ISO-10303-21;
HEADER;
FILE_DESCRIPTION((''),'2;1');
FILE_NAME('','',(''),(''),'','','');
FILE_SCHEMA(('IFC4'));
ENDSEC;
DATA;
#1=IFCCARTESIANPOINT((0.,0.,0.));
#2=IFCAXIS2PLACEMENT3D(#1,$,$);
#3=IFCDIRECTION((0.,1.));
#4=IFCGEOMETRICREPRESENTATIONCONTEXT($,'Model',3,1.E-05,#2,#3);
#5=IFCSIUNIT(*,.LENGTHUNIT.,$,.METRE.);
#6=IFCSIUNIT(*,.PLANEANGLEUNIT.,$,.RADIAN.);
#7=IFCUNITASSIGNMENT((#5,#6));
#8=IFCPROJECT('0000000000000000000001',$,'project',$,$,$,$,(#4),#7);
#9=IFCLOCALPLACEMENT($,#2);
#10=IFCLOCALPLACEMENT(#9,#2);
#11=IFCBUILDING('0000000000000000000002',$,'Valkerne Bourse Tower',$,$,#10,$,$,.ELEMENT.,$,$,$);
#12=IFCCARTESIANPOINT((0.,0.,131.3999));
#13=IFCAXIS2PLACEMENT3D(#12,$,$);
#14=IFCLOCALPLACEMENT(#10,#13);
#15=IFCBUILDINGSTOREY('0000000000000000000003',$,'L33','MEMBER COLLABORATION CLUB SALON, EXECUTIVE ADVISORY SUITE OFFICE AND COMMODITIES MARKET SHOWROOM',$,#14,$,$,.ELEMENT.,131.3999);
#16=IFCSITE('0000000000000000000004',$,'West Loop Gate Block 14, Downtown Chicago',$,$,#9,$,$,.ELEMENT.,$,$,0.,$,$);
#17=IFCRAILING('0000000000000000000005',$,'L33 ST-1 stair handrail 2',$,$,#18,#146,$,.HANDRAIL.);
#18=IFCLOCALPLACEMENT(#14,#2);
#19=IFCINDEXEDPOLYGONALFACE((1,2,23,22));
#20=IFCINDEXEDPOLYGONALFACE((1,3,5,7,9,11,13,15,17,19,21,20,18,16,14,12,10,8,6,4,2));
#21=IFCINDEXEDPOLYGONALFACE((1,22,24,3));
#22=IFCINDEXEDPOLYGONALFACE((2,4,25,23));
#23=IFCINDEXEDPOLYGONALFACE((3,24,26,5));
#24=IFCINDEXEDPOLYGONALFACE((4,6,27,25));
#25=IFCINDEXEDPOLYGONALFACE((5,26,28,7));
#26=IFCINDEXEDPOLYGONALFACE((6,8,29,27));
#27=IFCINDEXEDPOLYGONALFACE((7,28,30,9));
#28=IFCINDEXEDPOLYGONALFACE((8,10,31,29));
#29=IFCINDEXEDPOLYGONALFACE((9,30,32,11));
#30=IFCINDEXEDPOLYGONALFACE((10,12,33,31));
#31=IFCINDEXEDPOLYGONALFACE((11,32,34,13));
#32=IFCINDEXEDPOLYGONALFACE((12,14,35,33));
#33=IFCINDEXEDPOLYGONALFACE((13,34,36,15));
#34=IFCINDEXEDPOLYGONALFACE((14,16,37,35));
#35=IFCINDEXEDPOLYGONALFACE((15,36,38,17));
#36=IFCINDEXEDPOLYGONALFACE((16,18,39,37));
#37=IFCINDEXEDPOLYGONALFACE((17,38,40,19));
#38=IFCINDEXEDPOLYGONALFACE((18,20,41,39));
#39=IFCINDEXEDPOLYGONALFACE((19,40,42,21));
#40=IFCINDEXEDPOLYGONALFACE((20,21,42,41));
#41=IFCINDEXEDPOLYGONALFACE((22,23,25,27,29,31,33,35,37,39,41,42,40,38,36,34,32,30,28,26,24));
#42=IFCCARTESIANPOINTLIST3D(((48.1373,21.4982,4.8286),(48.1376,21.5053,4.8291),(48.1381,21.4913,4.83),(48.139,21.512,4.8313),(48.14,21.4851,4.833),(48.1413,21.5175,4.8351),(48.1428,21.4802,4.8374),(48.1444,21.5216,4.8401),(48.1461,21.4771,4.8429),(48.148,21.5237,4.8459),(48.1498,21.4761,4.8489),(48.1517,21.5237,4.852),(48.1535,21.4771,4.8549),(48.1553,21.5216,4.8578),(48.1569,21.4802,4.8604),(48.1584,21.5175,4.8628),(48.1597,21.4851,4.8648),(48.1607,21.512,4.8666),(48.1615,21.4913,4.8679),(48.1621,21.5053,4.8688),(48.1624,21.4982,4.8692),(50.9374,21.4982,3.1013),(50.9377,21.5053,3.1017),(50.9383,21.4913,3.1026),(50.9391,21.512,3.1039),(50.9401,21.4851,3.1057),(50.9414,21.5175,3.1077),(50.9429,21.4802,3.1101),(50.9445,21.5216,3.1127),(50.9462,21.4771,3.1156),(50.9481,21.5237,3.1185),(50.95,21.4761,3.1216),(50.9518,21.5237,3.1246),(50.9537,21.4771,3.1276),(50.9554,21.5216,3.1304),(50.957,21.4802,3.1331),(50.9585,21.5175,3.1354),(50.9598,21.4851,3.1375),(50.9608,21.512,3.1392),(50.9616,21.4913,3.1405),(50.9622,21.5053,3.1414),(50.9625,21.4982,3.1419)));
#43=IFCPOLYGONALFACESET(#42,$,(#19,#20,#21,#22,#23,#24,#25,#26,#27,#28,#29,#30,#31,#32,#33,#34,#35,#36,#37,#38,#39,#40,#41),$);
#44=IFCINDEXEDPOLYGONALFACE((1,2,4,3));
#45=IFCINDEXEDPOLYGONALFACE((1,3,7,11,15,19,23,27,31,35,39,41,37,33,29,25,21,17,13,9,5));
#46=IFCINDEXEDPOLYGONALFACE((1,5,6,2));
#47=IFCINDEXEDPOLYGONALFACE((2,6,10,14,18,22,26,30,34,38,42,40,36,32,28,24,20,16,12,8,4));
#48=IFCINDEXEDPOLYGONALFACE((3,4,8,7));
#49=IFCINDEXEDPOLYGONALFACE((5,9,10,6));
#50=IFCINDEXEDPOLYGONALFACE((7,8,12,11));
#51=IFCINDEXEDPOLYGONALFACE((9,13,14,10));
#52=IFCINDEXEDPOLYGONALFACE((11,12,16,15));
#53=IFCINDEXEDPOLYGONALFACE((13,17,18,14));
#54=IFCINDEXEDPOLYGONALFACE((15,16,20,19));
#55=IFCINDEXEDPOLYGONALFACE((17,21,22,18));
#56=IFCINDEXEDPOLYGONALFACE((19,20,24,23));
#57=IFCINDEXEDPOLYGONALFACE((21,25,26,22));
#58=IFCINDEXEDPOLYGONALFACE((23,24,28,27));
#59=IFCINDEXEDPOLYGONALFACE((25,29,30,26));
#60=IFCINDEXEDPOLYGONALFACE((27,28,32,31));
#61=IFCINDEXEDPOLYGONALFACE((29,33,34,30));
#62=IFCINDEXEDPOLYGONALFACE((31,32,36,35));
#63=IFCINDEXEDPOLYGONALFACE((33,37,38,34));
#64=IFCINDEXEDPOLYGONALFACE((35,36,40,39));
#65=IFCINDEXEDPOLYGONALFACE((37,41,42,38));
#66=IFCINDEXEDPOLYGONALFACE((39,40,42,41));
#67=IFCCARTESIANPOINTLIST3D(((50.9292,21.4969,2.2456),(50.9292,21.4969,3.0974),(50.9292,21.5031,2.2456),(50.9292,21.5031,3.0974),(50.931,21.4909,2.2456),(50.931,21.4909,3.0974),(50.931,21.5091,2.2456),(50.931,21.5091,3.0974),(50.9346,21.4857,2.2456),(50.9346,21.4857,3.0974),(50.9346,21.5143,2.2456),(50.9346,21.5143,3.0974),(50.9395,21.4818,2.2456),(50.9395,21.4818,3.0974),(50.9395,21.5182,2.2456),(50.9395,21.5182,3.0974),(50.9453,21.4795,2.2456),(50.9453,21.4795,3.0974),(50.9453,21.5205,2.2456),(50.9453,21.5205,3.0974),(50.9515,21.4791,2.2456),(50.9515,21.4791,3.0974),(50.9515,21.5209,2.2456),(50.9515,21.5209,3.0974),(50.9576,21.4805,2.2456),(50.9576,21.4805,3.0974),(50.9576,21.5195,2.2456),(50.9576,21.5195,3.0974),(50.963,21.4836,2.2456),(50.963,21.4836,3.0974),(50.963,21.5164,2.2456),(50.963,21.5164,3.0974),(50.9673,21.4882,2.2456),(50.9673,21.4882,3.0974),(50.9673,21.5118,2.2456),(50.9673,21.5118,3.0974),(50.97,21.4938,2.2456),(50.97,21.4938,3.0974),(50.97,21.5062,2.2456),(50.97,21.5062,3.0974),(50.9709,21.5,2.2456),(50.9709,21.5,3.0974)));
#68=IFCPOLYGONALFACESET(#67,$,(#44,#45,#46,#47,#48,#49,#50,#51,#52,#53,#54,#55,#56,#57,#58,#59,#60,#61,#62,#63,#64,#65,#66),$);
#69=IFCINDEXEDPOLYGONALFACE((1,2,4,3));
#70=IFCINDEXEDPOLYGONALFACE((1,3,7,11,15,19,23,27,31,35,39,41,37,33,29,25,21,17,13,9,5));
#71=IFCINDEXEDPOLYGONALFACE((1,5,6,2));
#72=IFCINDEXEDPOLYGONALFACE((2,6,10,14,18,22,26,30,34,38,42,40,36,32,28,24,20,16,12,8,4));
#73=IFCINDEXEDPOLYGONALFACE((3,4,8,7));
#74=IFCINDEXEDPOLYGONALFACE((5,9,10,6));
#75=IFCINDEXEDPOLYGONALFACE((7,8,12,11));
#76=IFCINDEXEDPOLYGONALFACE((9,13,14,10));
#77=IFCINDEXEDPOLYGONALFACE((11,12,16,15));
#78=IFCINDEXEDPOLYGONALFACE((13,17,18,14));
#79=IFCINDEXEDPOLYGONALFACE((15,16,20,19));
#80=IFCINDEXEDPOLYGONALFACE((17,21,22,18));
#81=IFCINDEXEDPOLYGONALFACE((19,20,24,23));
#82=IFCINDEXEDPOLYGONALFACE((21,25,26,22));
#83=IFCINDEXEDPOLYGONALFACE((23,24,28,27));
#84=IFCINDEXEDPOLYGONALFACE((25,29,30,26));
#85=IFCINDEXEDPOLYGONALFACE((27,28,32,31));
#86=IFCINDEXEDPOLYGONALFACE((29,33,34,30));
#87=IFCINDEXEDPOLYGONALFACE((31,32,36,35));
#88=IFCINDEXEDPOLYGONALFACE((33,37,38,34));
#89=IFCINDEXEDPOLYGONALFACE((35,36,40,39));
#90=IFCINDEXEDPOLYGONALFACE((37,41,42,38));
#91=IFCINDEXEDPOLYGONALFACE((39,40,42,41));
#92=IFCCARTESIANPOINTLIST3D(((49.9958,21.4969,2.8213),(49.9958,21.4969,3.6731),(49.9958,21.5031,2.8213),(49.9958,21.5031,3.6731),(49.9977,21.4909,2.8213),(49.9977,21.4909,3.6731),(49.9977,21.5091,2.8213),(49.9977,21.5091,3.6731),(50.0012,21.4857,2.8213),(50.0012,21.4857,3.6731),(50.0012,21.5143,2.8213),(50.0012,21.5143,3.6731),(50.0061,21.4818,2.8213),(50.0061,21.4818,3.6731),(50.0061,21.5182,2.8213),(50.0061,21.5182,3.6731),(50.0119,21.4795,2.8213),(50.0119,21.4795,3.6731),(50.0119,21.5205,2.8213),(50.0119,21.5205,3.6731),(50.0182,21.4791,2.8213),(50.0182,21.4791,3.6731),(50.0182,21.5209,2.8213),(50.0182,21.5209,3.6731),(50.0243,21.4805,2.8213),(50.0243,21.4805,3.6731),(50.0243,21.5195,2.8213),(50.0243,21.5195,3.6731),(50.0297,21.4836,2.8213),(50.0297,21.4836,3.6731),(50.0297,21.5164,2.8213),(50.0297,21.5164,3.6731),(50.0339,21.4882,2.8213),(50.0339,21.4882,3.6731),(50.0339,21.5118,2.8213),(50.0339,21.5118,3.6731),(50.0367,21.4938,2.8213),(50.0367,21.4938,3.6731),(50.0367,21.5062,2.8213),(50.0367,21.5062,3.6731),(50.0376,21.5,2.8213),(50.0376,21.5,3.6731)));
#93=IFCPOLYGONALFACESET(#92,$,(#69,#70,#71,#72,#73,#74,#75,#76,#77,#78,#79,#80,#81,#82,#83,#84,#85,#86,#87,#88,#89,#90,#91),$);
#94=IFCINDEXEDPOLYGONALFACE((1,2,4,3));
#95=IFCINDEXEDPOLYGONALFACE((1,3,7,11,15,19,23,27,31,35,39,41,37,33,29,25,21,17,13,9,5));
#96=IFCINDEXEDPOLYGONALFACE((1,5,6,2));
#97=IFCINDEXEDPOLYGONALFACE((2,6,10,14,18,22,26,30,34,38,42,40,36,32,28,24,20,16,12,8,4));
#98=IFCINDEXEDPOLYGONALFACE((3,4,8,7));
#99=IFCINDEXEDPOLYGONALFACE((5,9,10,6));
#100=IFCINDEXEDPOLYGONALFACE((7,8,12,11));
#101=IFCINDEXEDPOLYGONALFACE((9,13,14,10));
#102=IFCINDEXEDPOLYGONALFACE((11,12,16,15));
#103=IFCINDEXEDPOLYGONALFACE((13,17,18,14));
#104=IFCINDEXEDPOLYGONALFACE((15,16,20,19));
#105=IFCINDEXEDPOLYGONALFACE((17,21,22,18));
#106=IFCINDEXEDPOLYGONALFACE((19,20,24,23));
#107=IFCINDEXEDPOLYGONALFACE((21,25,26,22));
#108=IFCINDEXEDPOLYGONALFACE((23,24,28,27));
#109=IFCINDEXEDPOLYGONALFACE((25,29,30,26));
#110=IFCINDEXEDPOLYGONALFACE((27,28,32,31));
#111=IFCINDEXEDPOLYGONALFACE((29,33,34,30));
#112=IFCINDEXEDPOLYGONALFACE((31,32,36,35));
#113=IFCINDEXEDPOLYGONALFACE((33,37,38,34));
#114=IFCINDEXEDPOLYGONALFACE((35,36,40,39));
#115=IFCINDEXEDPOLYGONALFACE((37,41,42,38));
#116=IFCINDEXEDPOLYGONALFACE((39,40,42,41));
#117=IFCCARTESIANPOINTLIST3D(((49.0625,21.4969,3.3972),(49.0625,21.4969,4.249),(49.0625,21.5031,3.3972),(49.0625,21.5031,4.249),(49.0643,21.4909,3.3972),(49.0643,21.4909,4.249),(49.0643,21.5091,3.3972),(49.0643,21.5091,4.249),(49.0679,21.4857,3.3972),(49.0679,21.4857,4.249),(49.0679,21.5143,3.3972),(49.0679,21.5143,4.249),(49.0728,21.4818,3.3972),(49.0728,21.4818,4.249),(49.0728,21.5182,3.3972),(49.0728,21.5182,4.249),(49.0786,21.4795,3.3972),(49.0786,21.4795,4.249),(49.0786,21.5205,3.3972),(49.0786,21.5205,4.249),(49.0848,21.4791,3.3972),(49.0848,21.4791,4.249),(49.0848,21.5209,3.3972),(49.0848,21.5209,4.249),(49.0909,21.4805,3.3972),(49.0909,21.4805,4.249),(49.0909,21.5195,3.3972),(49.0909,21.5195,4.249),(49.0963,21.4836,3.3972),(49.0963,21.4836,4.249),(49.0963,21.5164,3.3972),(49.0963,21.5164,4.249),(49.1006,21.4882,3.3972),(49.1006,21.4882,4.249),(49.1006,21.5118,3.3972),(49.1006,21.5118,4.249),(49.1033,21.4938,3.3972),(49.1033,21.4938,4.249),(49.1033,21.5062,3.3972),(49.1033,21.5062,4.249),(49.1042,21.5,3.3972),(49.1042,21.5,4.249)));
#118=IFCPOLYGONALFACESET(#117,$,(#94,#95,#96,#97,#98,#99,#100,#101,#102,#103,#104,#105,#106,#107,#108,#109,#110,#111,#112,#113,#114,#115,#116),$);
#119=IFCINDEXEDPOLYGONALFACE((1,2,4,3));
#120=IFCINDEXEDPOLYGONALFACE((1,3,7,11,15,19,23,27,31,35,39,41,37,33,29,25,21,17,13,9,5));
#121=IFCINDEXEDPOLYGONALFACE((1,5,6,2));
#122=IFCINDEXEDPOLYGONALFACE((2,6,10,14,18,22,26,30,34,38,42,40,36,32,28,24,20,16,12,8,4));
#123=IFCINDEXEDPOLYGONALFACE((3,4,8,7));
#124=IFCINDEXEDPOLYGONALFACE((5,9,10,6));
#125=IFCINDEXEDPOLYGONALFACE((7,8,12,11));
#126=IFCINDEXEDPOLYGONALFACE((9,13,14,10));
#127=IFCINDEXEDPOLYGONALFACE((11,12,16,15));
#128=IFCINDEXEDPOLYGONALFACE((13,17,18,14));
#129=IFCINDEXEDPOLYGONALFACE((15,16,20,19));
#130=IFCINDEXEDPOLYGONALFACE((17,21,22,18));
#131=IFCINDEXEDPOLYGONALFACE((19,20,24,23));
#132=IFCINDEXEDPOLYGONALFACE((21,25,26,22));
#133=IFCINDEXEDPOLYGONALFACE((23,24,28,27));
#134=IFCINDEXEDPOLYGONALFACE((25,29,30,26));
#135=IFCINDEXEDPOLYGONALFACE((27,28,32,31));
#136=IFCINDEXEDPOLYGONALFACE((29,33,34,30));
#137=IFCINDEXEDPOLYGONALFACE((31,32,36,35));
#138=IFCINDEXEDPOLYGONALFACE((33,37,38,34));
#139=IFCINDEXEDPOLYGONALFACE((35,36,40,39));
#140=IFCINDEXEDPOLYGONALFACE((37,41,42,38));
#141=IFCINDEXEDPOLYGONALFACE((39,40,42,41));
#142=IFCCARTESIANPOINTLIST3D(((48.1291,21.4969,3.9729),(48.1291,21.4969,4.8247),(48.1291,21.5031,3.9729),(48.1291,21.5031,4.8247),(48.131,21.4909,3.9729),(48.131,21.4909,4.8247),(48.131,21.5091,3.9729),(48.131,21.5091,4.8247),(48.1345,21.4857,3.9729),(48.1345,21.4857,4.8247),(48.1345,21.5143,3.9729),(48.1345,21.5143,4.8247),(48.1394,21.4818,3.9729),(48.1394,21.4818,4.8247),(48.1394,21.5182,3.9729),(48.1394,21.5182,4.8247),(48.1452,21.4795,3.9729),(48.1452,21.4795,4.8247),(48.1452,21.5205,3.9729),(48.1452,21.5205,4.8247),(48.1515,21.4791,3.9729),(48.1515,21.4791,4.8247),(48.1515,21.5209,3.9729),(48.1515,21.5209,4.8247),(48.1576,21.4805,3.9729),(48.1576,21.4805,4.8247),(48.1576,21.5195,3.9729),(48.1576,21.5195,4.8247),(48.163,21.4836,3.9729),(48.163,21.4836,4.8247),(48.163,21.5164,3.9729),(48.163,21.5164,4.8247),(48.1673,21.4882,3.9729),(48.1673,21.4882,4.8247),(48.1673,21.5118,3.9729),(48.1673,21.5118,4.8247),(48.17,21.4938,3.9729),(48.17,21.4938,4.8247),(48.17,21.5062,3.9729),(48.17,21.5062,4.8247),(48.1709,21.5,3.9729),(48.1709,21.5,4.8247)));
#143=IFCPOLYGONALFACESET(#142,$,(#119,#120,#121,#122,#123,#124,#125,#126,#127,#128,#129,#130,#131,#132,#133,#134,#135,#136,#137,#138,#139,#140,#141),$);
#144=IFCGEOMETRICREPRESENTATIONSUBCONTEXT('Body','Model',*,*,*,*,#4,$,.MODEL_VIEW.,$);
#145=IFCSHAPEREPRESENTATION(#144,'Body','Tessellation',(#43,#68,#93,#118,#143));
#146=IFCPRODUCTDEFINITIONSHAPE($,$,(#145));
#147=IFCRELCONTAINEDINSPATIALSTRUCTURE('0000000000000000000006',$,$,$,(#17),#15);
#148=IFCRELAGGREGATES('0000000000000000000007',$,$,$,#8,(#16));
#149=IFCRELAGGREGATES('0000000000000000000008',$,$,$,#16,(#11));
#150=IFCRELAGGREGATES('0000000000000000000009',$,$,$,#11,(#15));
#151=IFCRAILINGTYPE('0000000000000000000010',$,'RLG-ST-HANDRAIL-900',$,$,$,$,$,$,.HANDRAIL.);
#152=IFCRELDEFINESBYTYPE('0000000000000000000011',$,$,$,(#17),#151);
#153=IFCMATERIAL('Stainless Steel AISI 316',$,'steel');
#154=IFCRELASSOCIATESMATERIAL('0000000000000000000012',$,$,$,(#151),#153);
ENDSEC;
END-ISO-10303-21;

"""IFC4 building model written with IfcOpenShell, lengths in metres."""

from ifc_helpers import new_model, si_unit, direction, frame, origin, origin_2d, place, context, subcontext, project, spatial, circle, extrude, material, type_object, element, save


model = new_model("IFC4")

# Units and contexts
model_context = context("Model", 3, precision=1e-05, world=origin(), true_north=direction((0.0, 1.0)))
body_context = subcontext(model_context, "Body", "Model", "MODEL_VIEW")
ifc_project = project(units=[si_unit("LENGTHUNIT", "METRE"), si_unit("PLANEANGLEUNIT", "RADIAN")], contexts=[model_context])

# Site, building, storey
site_placement = place(None, origin())
site = spatial("IfcSite", under=ifc_project, at=site_placement, Name="West Loop Gate Block 14, Downtown Chicago", CompositionType="ELEMENT", RefElevation=0.0)
building_placement = place(site_placement, origin())
building = spatial("IfcBuilding", under=site, at=building_placement, Name="Valkerne Bourse Tower", CompositionType="ELEMENT")
storey_placement = place(building_placement, frame((0.0, 0.0, 131.3999)))
storey = spatial("IfcBuildingStorey", under=building, at=storey_placement, Name="L33", Description="MEMBER COLLABORATION CLUB SALON, EXECUTIVE ADVISORY SUITE OFFICE AND COMMODITIES MARKET SHOWROOM", CompositionType="ELEMENT", Elevation=131.3999)

# Shared definitions
ifc_material_1 = material(Name="Stainless Steel AISI 316", Category="steel")

# Railing
railing_type_1 = type_object("IfcRailingType", Name="RLG-ST-HANDRAIL-900", PredefinedType="HANDRAIL", material=ifc_material_1)
railing_1_placement = place(storey_placement, frame((50.95, 21.5, 2.2456)))
element("IfcRailing", 1, at=railing_1_placement, inside=storey, type_object=railing_type_1, Name="L33 ST-1 stair handrail 2", PredefinedType="HANDRAIL", context=body_context, shape_type="SweptSolid", body=[
    extrude(circle(Radius=0.0239, at=origin_2d()), frame((0.0, 0.0, 0.876), z_axis=(-0.85109, 0.0, 0.52502), x_axis=(0.0, -1.0, 0.0)), (0.0, 0.0, 1.0), 3.29),
    extrude(circle(Radius=0.021, at=origin_2d()), origin(), (0.0, 0.0, 1.0), 0.8518),
    extrude(circle(Radius=0.021, at=origin_2d()), frame((-0.9333, 0.0, 0.5757)), (0.0, 0.0, 1.0), 0.8518),
    extrude(circle(Radius=0.021, at=origin_2d()), frame((-1.8667, 0.0, 1.1516)), (0.0, 0.0, 1.0), 0.8518),
    extrude(circle(Radius=0.021, at=origin_2d()), frame((-2.8, 0.0, 1.7273)), (0.0, 0.0, 1.0), 0.8518),
])

save(model, "model.ifc")
